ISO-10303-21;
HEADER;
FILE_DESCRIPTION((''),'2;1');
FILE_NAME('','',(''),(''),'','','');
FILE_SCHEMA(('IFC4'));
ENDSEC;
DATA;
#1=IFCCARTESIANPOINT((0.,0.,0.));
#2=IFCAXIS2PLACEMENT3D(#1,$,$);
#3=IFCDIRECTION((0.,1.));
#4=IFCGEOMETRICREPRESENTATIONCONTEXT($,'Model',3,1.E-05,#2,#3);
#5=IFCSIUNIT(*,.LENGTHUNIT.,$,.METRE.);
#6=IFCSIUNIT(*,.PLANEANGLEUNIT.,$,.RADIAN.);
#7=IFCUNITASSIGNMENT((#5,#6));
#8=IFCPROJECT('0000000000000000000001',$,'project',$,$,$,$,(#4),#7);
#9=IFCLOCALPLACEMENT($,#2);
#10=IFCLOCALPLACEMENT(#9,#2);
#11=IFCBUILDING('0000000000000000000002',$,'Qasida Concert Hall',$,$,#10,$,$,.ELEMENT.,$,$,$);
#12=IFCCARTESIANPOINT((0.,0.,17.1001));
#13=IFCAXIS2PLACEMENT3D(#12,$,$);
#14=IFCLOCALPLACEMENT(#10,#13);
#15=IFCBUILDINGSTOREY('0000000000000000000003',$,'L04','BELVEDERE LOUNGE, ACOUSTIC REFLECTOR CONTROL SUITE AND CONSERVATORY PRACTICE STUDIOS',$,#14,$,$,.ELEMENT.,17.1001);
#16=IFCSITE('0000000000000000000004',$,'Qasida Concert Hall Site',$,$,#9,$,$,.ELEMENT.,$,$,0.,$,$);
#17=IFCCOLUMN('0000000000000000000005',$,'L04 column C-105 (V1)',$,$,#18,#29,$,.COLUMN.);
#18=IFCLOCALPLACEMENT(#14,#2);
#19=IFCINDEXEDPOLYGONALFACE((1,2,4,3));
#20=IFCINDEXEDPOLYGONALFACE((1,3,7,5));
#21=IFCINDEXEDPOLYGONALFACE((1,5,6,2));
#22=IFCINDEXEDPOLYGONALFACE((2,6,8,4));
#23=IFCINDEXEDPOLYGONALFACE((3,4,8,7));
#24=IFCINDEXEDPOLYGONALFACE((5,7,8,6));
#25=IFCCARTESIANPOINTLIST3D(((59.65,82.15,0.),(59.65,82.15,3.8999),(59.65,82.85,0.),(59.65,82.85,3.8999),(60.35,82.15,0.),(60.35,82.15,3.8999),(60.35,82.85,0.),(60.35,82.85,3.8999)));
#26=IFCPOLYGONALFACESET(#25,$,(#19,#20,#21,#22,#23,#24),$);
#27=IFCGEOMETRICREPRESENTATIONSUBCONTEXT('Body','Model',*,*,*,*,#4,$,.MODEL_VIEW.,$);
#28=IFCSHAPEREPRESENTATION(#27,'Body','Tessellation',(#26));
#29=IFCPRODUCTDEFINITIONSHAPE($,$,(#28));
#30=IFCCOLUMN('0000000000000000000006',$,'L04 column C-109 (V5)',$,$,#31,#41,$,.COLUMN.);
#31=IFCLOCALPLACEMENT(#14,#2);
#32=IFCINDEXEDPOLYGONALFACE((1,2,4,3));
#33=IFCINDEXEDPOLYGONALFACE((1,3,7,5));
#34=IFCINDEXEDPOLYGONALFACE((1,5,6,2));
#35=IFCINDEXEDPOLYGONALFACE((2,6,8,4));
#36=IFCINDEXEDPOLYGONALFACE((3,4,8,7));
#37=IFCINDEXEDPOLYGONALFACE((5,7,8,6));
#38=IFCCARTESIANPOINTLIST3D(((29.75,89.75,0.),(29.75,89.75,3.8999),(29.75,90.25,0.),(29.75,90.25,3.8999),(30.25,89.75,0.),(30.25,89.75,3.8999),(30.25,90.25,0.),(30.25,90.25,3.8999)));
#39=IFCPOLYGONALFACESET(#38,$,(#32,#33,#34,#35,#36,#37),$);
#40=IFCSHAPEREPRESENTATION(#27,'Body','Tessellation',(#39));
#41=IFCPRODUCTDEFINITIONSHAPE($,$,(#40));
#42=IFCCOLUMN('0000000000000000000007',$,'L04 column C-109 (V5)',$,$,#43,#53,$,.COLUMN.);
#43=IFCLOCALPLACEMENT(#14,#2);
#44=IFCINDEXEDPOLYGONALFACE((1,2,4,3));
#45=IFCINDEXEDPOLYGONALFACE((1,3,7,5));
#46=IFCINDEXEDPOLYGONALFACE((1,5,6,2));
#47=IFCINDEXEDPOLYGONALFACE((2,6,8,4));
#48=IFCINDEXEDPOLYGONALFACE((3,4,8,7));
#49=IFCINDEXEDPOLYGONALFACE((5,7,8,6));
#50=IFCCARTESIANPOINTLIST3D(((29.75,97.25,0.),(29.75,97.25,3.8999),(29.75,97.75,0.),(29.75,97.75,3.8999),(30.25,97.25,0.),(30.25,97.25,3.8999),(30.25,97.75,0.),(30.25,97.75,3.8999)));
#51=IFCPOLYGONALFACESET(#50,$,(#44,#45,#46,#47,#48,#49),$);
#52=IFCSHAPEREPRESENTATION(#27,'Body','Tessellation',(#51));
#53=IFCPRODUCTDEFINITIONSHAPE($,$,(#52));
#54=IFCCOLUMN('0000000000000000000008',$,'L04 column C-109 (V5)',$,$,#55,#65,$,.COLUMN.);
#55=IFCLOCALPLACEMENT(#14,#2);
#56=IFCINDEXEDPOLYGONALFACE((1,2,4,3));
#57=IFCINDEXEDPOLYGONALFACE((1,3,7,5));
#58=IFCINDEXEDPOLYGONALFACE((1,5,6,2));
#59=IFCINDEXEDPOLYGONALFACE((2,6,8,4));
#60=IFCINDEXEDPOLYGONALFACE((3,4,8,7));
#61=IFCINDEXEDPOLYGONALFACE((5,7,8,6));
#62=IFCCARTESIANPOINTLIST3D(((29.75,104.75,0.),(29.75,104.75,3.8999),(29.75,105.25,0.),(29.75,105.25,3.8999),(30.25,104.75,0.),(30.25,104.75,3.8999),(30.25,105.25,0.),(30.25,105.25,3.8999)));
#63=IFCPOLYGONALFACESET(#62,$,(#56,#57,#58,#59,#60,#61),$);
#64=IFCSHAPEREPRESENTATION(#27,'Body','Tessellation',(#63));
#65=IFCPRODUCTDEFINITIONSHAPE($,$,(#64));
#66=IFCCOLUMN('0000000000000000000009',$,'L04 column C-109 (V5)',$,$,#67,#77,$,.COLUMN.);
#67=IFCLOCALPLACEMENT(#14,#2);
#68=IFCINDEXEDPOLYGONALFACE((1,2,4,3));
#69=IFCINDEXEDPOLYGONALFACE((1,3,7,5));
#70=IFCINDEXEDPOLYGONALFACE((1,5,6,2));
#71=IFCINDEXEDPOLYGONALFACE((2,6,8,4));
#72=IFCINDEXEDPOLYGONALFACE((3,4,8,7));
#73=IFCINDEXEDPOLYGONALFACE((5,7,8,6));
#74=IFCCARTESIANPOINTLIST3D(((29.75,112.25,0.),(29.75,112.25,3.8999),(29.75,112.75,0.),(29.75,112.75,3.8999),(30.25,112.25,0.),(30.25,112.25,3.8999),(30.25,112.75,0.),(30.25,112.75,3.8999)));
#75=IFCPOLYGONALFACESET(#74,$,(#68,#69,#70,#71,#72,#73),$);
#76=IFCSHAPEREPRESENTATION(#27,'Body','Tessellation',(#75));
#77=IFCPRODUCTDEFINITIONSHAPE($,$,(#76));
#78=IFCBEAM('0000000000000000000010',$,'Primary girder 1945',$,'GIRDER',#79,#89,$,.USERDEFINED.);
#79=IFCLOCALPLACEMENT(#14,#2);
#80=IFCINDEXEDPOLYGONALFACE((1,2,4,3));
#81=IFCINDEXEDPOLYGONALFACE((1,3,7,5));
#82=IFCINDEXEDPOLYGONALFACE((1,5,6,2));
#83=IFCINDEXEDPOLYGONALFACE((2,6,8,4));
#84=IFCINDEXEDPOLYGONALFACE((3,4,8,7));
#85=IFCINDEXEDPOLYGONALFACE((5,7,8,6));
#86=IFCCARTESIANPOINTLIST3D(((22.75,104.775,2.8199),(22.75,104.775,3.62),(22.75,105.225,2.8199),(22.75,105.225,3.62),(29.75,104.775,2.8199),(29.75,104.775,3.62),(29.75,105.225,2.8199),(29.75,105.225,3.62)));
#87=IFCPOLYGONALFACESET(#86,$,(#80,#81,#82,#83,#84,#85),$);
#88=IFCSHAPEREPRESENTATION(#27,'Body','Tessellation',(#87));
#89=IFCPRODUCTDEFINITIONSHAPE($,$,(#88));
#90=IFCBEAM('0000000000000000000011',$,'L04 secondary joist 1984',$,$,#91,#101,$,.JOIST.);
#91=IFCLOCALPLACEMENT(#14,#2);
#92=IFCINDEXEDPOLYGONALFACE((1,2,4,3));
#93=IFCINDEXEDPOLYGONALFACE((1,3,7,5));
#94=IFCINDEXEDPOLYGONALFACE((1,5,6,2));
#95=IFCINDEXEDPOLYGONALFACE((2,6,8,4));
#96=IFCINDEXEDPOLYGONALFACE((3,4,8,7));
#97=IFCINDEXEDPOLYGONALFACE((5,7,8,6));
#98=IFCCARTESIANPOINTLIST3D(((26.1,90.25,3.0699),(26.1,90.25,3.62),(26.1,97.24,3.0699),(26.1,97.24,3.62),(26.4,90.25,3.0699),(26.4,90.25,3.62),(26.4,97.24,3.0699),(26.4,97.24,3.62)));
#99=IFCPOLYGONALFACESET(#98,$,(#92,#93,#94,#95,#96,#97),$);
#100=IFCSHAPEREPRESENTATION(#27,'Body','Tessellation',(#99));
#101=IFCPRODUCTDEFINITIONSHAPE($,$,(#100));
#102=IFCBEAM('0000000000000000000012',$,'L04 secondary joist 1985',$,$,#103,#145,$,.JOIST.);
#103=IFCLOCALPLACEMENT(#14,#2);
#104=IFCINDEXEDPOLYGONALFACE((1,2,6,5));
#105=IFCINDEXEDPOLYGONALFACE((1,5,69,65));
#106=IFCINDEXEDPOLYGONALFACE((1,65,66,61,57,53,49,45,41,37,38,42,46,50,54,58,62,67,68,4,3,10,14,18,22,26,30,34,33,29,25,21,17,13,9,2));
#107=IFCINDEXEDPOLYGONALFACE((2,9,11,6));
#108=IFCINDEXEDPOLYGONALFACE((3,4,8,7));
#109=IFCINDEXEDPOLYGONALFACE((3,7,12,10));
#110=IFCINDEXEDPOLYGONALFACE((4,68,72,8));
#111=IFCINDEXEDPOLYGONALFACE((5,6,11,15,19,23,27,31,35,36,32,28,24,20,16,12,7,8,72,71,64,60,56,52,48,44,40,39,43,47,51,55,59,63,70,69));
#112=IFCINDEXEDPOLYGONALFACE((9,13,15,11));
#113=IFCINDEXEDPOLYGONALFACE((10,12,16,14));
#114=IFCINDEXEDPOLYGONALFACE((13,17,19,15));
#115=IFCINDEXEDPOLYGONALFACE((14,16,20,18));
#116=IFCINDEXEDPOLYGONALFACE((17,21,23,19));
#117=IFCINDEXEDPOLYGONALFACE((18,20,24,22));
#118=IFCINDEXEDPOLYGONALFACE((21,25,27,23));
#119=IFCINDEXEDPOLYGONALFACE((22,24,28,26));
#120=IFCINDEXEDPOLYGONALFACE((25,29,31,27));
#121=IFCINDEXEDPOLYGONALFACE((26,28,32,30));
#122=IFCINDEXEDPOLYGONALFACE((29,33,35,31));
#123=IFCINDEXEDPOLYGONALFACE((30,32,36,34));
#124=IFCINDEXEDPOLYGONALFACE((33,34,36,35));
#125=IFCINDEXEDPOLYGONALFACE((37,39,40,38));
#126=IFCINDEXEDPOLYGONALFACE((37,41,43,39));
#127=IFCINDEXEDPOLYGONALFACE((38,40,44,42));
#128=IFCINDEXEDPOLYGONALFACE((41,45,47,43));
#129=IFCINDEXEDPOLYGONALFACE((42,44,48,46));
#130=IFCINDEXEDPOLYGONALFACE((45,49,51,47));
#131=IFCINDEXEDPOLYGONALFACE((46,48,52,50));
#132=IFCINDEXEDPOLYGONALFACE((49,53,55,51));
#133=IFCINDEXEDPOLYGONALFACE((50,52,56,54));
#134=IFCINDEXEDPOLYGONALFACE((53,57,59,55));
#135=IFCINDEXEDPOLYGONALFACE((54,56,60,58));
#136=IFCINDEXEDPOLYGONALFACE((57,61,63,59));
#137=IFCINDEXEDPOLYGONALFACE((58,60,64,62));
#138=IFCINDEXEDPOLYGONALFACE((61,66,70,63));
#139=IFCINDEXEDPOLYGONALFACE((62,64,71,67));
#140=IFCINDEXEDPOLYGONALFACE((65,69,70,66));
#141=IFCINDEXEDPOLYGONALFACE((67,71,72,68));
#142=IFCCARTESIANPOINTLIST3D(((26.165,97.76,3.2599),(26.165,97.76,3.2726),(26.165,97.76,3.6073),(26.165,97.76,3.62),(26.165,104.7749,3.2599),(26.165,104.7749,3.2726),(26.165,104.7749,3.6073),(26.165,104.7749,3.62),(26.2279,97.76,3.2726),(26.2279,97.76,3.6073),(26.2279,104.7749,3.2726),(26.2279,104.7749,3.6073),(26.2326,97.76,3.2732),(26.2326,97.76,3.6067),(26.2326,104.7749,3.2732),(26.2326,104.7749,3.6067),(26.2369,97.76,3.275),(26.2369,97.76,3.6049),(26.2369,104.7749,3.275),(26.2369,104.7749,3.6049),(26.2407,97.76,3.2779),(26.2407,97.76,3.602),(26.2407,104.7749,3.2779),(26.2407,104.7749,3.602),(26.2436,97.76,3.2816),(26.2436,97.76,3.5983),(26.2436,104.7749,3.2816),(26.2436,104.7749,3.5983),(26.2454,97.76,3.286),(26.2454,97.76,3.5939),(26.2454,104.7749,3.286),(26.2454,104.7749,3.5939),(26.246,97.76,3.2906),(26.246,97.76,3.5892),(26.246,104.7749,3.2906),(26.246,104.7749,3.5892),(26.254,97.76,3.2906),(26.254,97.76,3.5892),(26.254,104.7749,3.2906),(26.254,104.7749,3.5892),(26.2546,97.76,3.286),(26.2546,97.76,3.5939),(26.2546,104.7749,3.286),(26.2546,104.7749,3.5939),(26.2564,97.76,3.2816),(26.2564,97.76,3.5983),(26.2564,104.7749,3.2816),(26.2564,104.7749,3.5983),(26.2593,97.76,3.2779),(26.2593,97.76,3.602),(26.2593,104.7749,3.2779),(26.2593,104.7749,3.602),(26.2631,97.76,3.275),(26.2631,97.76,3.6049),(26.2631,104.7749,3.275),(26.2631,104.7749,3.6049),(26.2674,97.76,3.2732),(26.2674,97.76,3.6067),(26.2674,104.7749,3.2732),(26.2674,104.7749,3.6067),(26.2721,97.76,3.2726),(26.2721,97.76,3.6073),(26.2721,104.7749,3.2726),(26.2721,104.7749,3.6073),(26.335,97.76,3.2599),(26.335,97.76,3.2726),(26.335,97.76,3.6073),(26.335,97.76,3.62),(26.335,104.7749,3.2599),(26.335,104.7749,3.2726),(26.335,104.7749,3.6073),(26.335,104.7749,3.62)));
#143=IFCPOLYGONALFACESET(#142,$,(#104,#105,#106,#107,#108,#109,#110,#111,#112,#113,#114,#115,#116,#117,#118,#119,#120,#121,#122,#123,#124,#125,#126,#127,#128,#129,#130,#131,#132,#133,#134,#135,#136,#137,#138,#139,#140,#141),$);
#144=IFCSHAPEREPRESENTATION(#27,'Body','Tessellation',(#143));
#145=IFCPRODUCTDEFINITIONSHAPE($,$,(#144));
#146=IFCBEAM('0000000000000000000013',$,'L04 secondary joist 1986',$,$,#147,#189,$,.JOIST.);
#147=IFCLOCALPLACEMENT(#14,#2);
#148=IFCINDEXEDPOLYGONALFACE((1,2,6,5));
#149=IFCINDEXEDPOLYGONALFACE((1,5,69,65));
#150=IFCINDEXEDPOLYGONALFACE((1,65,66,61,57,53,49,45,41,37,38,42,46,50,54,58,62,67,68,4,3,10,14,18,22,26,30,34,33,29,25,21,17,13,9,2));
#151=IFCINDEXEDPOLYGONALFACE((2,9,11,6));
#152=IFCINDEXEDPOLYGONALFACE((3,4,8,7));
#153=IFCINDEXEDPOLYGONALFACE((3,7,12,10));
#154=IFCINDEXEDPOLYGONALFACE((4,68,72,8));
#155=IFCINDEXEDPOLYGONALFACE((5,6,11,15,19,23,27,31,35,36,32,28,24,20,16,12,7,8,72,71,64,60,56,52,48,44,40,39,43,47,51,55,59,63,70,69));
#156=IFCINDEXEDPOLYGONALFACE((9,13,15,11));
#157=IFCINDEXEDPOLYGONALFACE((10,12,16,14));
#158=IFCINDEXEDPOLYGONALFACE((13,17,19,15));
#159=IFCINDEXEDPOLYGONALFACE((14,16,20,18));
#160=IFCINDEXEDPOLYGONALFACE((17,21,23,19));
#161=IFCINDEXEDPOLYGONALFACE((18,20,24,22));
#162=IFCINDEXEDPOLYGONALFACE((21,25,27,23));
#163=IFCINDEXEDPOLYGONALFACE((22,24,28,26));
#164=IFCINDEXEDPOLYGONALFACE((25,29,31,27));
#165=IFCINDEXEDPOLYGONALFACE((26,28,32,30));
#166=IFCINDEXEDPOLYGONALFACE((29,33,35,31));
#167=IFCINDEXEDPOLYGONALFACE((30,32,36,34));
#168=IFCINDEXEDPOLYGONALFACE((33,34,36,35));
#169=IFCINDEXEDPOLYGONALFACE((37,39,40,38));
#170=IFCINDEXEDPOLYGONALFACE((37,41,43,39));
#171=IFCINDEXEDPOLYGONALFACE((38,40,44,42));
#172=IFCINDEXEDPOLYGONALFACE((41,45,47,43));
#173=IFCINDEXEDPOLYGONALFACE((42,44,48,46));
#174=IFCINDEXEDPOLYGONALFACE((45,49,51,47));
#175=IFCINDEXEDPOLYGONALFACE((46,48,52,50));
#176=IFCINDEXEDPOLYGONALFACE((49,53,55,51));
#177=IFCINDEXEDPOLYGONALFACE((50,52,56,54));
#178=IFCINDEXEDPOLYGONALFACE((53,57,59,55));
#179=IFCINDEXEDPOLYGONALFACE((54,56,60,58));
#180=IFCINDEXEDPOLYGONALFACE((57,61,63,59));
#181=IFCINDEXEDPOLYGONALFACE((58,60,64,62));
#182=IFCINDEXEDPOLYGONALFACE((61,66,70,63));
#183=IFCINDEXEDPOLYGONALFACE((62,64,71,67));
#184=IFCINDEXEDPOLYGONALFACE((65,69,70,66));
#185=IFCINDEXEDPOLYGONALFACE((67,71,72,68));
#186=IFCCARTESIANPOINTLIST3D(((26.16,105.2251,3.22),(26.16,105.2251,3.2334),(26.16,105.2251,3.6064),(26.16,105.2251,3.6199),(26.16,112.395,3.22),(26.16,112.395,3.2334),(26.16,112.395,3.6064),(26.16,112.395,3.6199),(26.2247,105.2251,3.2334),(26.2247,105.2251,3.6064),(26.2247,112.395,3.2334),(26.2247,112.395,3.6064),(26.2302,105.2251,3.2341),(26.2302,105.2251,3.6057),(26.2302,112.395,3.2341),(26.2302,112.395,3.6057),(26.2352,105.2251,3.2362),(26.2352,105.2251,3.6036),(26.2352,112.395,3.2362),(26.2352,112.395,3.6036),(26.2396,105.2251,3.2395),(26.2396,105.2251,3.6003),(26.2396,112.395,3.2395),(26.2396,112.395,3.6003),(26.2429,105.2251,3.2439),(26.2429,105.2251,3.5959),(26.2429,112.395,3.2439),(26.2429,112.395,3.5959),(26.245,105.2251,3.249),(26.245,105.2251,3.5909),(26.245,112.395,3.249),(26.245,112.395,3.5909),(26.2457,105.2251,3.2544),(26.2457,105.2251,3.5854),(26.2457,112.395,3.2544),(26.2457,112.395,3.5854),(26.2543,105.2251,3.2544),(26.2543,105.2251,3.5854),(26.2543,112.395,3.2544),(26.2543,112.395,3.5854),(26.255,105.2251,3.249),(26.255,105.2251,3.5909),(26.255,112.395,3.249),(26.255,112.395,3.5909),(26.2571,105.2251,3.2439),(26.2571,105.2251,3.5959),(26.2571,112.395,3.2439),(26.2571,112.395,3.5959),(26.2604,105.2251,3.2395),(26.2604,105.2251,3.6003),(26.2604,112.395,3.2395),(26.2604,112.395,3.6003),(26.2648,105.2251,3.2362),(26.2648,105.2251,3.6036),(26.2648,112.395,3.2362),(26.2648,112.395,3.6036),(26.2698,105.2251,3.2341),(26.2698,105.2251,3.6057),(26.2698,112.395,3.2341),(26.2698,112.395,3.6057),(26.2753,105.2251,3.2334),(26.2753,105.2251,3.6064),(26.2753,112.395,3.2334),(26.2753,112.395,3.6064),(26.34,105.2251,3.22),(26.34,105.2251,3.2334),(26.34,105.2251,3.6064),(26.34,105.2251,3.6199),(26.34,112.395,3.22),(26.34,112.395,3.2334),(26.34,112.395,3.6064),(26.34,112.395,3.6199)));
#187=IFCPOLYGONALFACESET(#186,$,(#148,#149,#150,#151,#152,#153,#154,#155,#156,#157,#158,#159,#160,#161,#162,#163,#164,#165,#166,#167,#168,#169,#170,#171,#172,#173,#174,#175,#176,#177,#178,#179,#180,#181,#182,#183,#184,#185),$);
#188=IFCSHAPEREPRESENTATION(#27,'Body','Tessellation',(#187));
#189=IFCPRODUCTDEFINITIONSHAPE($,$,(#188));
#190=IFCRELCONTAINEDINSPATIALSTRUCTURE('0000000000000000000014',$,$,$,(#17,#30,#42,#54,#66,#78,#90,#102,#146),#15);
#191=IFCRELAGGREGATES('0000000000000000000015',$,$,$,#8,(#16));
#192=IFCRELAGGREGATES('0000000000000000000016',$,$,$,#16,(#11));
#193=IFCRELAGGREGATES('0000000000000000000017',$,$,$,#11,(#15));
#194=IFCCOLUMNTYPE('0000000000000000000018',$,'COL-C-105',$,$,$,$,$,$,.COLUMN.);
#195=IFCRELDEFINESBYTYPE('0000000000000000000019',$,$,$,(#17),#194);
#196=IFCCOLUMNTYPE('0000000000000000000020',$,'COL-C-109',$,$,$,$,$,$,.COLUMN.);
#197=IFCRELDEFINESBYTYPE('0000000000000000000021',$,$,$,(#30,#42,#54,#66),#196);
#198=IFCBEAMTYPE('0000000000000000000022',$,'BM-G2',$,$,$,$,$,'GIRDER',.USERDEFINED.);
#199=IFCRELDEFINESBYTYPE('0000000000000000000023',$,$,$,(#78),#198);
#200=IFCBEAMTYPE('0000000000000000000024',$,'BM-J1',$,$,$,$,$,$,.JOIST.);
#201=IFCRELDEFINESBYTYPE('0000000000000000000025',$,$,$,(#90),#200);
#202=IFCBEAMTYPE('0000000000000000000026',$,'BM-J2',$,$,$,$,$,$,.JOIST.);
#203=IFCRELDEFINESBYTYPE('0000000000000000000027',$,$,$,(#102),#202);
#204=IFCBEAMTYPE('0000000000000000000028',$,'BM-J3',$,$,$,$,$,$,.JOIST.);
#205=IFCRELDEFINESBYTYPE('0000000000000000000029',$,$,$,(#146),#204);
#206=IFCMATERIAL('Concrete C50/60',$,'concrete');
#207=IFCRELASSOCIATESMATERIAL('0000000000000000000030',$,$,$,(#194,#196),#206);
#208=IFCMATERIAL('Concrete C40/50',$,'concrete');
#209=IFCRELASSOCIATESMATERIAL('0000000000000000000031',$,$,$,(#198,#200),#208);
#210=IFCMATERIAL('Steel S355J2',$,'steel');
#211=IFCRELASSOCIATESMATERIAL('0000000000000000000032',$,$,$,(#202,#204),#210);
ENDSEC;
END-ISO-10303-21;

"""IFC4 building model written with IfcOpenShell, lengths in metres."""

from ifc_helpers import new_model, si_unit, direction, frame, origin, origin_2d, place, context, subcontext, project, spatial, rectangle, i_section, extrude, material, material_profile, profile_set, type_object, element, save


model = new_model("IFC4")

# Units and contexts
model_context = context("Model", 3, precision=1e-05, world=origin(), true_north=direction((0.0, 1.0)))
body_context = subcontext(model_context, "Body", "Model", "MODEL_VIEW")
ifc_project = project(units=[si_unit("LENGTHUNIT", "METRE"), si_unit("PLANEANGLEUNIT", "RADIAN")], contexts=[model_context])

# Site, building, storey
site_placement = place(None, origin())
site = spatial("IfcSite", under=ifc_project, at=site_placement, Name="Qasida Concert Hall Site", CompositionType="ELEMENT", RefElevation=0.0)
building_placement = place(site_placement, origin())
building = spatial("IfcBuilding", under=site, at=building_placement, Name="Qasida Concert Hall", CompositionType="ELEMENT")
storey_placement = place(building_placement, frame((0.0, 0.0, 17.1001)))
storey = spatial("IfcBuildingStorey", under=building, at=storey_placement, Name="L04", Description="BELVEDERE LOUNGE, ACOUSTIC REFLECTOR CONTROL SUITE AND CONSERVATORY PRACTICE STUDIOS", CompositionType="ELEMENT", Elevation=17.1001)

# Columns
ifc_material_1 = material(Name="Concrete C50/60", Category="concrete")
ifc_material_profile_1 = material_profile(ifc_material_1, rectangle(XDim=0.7, YDim=0.7, at=origin_2d()), Name="RC 700x700")
ifc_profile_set_1 = profile_set([ifc_material_profile_1], Name="Concrete C50/60")
column_type_1 = type_object("IfcColumnType", Name="COL-C-105", PredefinedType="COLUMN", material=ifc_profile_set_1)
column_placement = place(storey_placement, frame((60.0, 82.5, 0.0), z_axis=(0.0, 0.0, 1.0), x_axis=(1.0, 0.0, 0.0)))
element("IfcColumn", 1, at=column_placement, inside=storey, type_object=column_type_1, Name="L04 column C-105 (V1)", PredefinedType="COLUMN", context=body_context, shape_type="SweptSolid", body=[
    extrude(rectangle(XDim=0.7, YDim=0.7, at=origin_2d()), origin(), (0.0, 0.0, 1.0), 3.8999),
])
ifc_material_profile_2 = material_profile(ifc_material_1, rectangle(XDim=0.5, YDim=0.5, at=origin_2d()), Name="RC 500x500")
ifc_profile_set_2 = profile_set([ifc_material_profile_2], Name="Concrete C50/60")
column_type_2 = type_object("IfcColumnType", Name="COL-C-109", PredefinedType="COLUMN", material=ifc_profile_set_2)
for number, where, z_axis, x_axis, name in (
    (2, (30.0, 90.0, 0.0), (0.0, 0.0, 1.0), (1.0, 0.0, 0.0), "L04 column C-109 (V5)"),
    (3, (30.0, 97.5, 0.0), (0.0, 0.0, 1.0), (1.0, 0.0, 0.0), "L04 column C-109 (V5)"),
    (4, (30.0, 105.0, 0.0), (0.0, 0.0, 1.0), (1.0, 0.0, 0.0), "L04 column C-109 (V5)"),
    (5, (30.0, 112.5, 0.0), (0.0, 0.0, 1.0), (1.0, 0.0, 0.0), "L04 column C-109 (V5)"),
):
    element("IfcColumn", number, at=place(storey_placement, frame(where, z_axis=z_axis, x_axis=x_axis)), inside=storey, type_object=column_type_2, Name=name, PredefinedType="COLUMN", context=body_context, shape_type="SweptSolid", body=[
        extrude(rectangle(XDim=0.5, YDim=0.5, at=origin_2d()), origin(), (0.0, 0.0, 1.0), 3.8999),
    ])

# Beams
ifc_material_2 = material(Name="Concrete C40/50", Category="concrete")
ifc_material_profile_3 = material_profile(ifc_material_2, rectangle(XDim=0.45, YDim=0.8, at=origin_2d()), Name="RC 450x800")
ifc_profile_set_3 = profile_set([ifc_material_profile_3], Name="Concrete C40/50")
beam_type_1 = type_object("IfcBeamType", Name="BM-G2", ElementType="GIRDER", PredefinedType="USERDEFINED", material=ifc_profile_set_3)
beam_1_placement = place(storey_placement, frame((22.75, 105.0, 3.22), z_axis=(1.0, 0.0, 0.0), x_axis=(0.0, 1.0, 0.0)))
element("IfcBeam", 6, at=beam_1_placement, inside=storey, type_object=beam_type_1, Name="Primary girder 1945", ObjectType="GIRDER", PredefinedType="USERDEFINED", context=body_context, shape_type="SweptSolid", body=[
    extrude(rectangle(XDim=0.45, YDim=0.8, at=origin_2d()), origin(), (0.0, 0.0, 1.0), 7.0),
])
ifc_material_profile_4 = material_profile(ifc_material_2, rectangle(XDim=0.3, YDim=0.55, at=origin_2d()), Name="RC 300x550")
ifc_profile_set_4 = profile_set([ifc_material_profile_4], Name="Concrete C40/50")
beam_type_2 = type_object("IfcBeamType", Name="BM-J1", PredefinedType="JOIST", material=ifc_profile_set_4)
beam_2_placement = place(storey_placement, frame((26.25, 90.25, 3.345), z_axis=(0.0, 1.0, 0.0), x_axis=(-1.0, 0.0, 0.0)))
element("IfcBeam", 7, at=beam_2_placement, inside=storey, type_object=beam_type_2, Name="L04 secondary joist 1984", PredefinedType="JOIST", context=body_context, shape_type="SweptSolid", body=[
    extrude(rectangle(XDim=0.3, YDim=0.55, at=origin_2d()), origin(), (0.0, 0.0, 1.0), 6.99),
])
ifc_material_3 = material(Name="Steel S355J2", Category="steel")
ifc_material_profile_5 = material_profile(ifc_material_3, i_section(OverallWidth=0.1699, OverallDepth=0.3601, WebThickness=0.0081, FlangeThickness=0.0127, FilletRadius=0.0181, at=origin_2d()), Name="IPE 360")
ifc_profile_set_5 = profile_set([ifc_material_profile_5], Name="Steel S355J2")
beam_type_3 = type_object("IfcBeamType", Name="BM-J2", PredefinedType="JOIST", material=ifc_profile_set_5)
beam_3_placement = place(storey_placement, frame((26.25, 97.76, 3.4399), z_axis=(0.0, 1.0, 0.0), x_axis=(-1.0, 0.0, 0.0)))
element("IfcBeam", 8, at=beam_3_placement, inside=storey, type_object=beam_type_3, Name="L04 secondary joist 1985", PredefinedType="JOIST", context=body_context, shape_type="SweptSolid", body=[
    extrude(i_section(OverallWidth=0.1699, OverallDepth=0.3601, WebThickness=0.0081, FlangeThickness=0.0127, FilletRadius=0.0181, at=origin_2d()), origin(), (0.0, 0.0, 1.0), 7.0149),
])
ifc_material_profile_6 = material_profile(ifc_material_3, i_section(OverallWidth=0.1799, OverallDepth=0.3999, WebThickness=0.0085, FlangeThickness=0.0134, FilletRadius=0.021, at=origin_2d()), Name="IPE 400")
ifc_profile_set_6 = profile_set([ifc_material_profile_6], Name="Steel S355J2")
beam_type_4 = type_object("IfcBeamType", Name="BM-J3", PredefinedType="JOIST", material=ifc_profile_set_6)
beam_4_placement = place(storey_placement, frame((26.25, 105.2251, 3.4199), z_axis=(0.0, 1.0, 0.0), x_axis=(-1.0, 0.0, 0.0)))
element("IfcBeam", 9, at=beam_4_placement, inside=storey, type_object=beam_type_4, Name="L04 secondary joist 1986", PredefinedType="JOIST", context=body_context, shape_type="SweptSolid", body=[
    extrude(i_section(OverallWidth=0.1799, OverallDepth=0.3999, WebThickness=0.0085, FlangeThickness=0.0134, FilletRadius=0.021, at=origin_2d()), origin(), (0.0, 0.0, 1.0), 7.1699),
])

save(model, "model.ifc")
